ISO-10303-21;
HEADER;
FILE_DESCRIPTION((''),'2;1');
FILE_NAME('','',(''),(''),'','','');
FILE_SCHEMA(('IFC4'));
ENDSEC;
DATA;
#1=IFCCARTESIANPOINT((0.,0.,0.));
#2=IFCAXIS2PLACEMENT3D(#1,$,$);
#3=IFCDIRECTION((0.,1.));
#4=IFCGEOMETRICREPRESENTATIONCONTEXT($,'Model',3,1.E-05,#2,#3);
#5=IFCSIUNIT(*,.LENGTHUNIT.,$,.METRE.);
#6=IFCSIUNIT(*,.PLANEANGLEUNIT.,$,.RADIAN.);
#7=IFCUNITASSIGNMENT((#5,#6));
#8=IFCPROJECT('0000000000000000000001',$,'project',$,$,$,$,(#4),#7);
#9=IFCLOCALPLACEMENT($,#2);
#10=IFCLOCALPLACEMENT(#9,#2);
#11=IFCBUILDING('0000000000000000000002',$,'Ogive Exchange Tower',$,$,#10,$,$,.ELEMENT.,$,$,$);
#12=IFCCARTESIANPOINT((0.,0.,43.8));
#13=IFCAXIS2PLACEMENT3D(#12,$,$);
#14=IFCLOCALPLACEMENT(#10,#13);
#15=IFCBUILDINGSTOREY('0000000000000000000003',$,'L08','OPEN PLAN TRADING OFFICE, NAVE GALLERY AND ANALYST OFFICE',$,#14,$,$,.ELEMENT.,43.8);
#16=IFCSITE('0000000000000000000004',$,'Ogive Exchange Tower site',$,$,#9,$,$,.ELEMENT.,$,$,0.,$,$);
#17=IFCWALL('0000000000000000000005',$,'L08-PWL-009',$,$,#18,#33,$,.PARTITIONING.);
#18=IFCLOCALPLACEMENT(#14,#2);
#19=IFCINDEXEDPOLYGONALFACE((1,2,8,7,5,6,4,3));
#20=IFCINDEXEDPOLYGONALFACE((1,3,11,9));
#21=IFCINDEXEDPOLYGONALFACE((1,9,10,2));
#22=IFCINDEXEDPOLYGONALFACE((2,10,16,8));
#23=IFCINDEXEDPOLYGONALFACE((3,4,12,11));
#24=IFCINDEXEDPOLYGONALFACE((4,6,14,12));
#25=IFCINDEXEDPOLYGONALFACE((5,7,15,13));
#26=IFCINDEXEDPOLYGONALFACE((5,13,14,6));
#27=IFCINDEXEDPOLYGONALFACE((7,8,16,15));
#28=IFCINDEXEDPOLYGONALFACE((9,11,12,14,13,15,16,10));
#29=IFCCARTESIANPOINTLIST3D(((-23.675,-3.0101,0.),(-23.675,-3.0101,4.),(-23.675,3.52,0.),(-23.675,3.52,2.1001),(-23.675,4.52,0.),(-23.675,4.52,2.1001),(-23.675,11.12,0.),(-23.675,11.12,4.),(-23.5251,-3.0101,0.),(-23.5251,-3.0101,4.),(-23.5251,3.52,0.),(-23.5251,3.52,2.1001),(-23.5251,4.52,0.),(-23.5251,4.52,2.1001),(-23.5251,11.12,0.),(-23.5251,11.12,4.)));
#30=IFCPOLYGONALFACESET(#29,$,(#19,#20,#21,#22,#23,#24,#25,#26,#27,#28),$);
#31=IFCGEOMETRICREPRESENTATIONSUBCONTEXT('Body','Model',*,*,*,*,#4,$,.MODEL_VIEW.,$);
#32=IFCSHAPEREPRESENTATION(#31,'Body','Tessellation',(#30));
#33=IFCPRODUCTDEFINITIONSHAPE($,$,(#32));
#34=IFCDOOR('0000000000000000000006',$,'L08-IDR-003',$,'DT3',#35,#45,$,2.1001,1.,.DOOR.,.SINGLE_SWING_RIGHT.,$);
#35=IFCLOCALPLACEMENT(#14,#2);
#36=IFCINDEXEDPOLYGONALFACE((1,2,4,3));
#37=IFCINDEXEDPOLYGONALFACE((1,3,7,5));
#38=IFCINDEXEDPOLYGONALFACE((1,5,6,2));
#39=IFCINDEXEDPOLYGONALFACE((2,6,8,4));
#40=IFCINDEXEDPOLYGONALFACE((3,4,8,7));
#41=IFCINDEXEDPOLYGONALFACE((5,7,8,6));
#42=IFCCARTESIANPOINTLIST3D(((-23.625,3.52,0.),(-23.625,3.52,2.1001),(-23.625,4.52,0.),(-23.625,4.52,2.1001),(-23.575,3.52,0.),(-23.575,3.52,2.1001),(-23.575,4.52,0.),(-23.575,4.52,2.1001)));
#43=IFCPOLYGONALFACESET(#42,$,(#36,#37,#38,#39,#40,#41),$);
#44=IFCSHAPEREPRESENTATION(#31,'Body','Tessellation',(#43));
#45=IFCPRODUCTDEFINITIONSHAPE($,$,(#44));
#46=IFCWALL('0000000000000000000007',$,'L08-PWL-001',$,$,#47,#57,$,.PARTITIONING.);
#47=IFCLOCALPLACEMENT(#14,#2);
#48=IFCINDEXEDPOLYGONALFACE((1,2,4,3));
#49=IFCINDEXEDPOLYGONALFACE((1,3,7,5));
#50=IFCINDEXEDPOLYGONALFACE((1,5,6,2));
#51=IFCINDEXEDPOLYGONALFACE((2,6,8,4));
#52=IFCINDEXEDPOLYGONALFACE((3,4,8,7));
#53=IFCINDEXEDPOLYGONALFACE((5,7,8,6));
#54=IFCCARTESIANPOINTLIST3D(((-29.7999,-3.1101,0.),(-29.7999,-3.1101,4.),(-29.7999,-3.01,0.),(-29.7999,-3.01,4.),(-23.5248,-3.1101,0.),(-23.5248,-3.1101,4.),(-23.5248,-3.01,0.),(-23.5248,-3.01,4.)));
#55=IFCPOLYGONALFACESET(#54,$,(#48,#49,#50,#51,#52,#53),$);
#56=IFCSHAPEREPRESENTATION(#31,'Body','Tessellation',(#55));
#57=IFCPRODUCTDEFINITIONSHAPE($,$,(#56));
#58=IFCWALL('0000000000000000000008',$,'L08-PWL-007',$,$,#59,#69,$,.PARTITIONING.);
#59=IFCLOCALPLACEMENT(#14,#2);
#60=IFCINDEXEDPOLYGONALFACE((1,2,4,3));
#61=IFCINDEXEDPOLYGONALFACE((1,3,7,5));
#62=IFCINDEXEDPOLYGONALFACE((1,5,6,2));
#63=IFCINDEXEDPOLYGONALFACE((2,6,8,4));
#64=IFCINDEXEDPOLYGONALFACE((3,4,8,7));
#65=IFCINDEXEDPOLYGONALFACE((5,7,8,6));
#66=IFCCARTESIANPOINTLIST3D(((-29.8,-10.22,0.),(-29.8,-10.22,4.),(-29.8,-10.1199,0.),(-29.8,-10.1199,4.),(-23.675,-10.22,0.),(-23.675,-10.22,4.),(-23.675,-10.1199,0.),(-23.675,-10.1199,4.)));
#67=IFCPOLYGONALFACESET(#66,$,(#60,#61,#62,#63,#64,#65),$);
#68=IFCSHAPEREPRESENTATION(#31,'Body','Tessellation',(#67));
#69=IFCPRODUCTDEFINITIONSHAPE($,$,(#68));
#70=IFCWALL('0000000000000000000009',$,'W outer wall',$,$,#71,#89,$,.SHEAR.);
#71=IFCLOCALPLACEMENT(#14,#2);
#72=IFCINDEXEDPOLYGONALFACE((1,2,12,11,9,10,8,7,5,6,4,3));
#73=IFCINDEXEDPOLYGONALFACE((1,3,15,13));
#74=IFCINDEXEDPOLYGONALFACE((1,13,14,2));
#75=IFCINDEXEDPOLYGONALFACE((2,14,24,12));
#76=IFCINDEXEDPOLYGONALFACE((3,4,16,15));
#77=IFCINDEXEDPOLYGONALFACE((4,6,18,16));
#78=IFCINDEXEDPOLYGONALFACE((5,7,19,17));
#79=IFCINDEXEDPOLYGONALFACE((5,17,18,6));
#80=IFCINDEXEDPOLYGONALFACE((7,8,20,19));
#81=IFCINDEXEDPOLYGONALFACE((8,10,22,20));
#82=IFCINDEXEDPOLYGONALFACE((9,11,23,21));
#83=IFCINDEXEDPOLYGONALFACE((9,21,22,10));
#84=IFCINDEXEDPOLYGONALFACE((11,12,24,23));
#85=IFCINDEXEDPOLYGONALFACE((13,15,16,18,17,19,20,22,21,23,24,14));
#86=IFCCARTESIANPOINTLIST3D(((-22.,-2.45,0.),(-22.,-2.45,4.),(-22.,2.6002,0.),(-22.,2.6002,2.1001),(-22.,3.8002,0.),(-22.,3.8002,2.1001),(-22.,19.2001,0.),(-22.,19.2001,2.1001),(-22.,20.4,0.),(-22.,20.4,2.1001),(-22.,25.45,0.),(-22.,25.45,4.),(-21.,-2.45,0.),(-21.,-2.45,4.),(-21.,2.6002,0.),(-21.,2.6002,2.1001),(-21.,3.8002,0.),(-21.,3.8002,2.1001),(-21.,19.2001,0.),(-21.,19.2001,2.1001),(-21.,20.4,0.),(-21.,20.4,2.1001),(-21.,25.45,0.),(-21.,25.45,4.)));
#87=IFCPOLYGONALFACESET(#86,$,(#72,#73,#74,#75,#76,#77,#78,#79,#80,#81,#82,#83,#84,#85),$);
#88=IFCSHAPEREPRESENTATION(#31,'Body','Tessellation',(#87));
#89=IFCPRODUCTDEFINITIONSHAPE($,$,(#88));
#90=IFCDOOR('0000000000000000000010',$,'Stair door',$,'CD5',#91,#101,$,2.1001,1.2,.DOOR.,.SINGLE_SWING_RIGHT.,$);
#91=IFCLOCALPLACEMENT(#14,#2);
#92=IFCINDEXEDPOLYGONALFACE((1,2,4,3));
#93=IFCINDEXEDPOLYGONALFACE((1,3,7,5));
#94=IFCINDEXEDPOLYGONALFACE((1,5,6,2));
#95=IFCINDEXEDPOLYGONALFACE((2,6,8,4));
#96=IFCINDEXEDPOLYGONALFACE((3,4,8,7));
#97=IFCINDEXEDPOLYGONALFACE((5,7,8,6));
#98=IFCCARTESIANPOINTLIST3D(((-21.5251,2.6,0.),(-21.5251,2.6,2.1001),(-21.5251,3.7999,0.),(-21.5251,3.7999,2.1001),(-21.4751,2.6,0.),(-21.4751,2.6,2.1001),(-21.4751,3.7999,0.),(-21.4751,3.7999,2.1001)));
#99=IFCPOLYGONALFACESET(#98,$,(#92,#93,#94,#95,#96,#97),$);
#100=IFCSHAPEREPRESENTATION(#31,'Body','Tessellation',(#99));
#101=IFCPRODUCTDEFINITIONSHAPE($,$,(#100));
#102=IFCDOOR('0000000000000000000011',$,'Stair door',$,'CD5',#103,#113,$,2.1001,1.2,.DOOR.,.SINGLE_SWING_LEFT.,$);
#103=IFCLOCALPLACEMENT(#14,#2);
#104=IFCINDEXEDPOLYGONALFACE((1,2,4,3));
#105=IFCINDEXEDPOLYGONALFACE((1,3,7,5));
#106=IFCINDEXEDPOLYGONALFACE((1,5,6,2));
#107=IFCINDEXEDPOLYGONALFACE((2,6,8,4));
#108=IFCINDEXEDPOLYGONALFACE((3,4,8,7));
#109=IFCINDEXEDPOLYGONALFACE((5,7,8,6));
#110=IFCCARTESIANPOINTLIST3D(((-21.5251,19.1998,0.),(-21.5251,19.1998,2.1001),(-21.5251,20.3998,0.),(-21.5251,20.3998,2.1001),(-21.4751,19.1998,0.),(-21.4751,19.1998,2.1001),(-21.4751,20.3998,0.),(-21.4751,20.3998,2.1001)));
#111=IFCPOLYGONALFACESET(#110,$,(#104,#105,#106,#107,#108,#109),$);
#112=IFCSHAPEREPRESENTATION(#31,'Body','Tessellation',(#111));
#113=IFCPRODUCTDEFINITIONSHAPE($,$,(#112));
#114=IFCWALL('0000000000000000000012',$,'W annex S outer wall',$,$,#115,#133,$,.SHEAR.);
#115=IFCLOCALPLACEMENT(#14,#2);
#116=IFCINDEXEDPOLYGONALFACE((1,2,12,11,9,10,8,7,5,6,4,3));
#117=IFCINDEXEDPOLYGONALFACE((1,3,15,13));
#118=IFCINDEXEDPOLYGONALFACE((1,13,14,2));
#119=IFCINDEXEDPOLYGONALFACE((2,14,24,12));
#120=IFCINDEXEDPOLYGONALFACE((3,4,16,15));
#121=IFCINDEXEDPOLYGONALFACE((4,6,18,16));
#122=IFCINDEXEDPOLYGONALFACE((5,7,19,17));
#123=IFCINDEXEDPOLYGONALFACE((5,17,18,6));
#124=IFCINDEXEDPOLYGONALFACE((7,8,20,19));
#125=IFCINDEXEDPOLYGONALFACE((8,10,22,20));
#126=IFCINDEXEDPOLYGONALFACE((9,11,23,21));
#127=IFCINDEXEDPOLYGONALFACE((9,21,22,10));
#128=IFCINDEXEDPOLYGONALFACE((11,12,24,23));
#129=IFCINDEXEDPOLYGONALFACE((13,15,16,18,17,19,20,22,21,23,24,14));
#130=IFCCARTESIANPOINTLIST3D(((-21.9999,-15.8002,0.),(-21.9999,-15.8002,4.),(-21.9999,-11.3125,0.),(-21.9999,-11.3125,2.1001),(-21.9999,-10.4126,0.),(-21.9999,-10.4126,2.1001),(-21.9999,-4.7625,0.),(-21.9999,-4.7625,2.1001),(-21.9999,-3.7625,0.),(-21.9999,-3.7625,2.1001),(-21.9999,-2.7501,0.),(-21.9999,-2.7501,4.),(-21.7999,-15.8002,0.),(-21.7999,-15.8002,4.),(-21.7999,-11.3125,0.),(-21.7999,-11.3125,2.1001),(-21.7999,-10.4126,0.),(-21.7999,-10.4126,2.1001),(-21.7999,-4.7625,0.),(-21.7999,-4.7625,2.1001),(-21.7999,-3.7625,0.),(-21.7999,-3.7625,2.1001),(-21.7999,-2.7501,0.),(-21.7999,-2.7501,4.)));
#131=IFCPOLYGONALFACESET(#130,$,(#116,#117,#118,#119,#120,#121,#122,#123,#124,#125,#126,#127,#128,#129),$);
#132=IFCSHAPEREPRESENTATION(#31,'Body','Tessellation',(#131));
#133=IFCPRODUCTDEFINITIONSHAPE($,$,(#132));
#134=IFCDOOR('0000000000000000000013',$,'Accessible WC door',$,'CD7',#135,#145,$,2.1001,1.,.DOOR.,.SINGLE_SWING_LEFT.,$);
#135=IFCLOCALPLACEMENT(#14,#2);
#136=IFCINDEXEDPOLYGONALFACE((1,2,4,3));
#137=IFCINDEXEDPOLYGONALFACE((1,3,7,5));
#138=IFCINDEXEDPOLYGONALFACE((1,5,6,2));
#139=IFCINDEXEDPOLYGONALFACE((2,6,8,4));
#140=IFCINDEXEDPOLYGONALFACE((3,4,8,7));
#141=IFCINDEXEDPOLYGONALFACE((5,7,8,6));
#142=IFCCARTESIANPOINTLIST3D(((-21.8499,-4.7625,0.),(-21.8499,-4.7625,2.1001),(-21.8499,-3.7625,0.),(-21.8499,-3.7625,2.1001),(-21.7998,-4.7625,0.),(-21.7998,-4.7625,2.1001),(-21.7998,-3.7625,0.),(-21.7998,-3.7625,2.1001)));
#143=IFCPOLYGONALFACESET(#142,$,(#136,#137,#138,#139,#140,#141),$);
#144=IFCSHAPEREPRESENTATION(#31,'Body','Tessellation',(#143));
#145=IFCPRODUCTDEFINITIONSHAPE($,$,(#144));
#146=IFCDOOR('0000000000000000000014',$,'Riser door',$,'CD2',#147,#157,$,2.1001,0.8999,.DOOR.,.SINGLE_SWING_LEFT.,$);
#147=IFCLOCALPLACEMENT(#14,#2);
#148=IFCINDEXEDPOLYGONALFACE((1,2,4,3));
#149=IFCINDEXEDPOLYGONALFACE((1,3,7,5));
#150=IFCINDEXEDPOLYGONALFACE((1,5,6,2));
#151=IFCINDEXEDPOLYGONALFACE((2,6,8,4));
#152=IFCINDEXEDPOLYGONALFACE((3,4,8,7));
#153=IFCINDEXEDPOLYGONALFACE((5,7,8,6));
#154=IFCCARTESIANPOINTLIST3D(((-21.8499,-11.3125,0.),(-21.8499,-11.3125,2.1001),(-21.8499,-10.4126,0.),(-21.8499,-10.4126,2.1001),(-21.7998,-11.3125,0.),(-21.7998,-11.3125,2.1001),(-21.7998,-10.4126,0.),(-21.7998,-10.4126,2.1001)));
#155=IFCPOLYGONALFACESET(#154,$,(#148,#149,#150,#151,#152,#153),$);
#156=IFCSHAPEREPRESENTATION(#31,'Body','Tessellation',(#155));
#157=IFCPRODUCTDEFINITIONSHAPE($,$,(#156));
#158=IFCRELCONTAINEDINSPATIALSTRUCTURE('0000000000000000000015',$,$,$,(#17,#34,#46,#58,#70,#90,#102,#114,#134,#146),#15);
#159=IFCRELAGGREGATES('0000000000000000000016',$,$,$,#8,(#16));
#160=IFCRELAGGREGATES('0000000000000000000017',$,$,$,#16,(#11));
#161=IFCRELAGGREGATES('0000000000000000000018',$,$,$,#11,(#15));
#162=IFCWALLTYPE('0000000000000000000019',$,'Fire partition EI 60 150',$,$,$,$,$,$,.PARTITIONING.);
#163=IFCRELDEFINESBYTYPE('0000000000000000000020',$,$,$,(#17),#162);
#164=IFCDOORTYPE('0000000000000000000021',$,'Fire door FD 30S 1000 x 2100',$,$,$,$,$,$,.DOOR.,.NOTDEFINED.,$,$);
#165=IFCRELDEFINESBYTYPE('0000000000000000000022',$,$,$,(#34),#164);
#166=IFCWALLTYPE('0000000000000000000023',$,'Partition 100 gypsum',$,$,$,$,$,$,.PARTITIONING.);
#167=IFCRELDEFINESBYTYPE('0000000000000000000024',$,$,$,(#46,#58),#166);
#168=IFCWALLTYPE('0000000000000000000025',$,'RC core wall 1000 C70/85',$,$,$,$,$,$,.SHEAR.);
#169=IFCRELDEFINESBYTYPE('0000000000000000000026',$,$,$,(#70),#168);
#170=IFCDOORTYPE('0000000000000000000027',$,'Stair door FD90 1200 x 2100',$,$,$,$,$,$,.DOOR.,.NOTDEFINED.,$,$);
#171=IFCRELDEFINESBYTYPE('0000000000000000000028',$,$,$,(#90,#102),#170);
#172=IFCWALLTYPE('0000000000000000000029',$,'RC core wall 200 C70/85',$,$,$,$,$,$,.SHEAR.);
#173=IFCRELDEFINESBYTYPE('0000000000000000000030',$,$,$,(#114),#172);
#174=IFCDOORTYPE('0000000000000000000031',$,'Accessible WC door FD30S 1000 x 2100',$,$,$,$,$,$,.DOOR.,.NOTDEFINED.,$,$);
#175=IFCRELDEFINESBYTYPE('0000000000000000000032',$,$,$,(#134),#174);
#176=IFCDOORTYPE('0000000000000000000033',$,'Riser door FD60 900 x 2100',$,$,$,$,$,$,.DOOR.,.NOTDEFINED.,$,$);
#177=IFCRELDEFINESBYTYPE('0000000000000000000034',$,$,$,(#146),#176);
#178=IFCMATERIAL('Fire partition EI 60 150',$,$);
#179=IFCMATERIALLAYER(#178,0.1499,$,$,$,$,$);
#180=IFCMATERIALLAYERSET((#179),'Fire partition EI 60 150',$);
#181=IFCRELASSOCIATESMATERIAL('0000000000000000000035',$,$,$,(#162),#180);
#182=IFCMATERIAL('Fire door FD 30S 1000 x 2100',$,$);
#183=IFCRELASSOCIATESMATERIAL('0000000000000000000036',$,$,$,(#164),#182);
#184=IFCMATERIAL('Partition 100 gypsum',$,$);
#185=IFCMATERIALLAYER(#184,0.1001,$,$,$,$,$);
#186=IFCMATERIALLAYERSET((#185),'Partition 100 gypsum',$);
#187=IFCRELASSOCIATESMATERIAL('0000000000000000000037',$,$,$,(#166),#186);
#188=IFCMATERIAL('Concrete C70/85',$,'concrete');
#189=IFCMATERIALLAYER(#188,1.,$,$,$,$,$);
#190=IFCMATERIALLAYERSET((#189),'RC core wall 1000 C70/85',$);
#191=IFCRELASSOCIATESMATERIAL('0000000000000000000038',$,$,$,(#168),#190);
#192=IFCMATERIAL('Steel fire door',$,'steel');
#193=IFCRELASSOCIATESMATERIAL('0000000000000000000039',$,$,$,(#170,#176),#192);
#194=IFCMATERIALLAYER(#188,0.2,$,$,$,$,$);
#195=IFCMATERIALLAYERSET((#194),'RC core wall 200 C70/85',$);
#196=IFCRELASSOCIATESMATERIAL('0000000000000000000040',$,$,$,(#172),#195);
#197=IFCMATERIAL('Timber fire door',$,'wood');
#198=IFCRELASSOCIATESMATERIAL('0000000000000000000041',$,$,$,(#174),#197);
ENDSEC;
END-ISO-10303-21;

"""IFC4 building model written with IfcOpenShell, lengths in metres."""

from ifc_helpers import new_model, si_unit, direction, frame, frame_2d, origin, place, context, subcontext, project, spatial, rectangle, extrude, material, layer, layer_set, type_object, element, fill, save


model = new_model("IFC4")

# Units and contexts
model_context = context("Model", 3, precision=1e-05, world=origin(), true_north=direction((0.0, 1.0)))
body_context = subcontext(model_context, "Body", "Model", "MODEL_VIEW")
ifc_project = project(units=[si_unit("LENGTHUNIT", "METRE"), si_unit("PLANEANGLEUNIT", "RADIAN")], contexts=[model_context])

# Site, building, storey
site_placement = place(None, origin())
site = spatial("IfcSite", under=ifc_project, at=site_placement, Name="Ogive Exchange Tower site", CompositionType="ELEMENT", RefElevation=0.0)
building_placement = place(site_placement, origin())
building = spatial("IfcBuilding", under=site, at=building_placement, Name="Ogive Exchange Tower", CompositionType="ELEMENT")
storey_placement = place(building_placement, frame((0.0, 0.0, 43.8)))
storey = spatial("IfcBuildingStorey", under=building, at=storey_placement, Name="L08", Description="OPEN PLAN TRADING OFFICE, NAVE GALLERY AND ANALYST OFFICE", CompositionType="ELEMENT", Elevation=43.8)

# Wall, opening, door
ifc_material_1 = material(Name="Fire partition EI 60 150")
ifc_layer_1 = layer(ifc_material_1, 0.1499)
ifc_layer_set_1 = layer_set([ifc_layer_1], Name="Fire partition EI 60 150")
wall_type_1 = type_object("IfcWallType", Name="Fire partition EI 60 150", PredefinedType="PARTITIONING", material=ifc_layer_set_1)
ifc_material_2 = material(Name="Fire door FD 30S 1000 x 2100")
door_type_1 = type_object("IfcDoorType", Name="Fire door FD 30S 1000 x 2100", OperationType="NOTDEFINED", PredefinedType="DOOR", material=ifc_material_2)
wall_1_placement = place(storey_placement, frame((-23.6001, -3.01, 0.0), z_axis=(0.0, 0.0, 1.0), x_axis=(0.0, 1.0, 0.0)))
wall_1 = element("IfcWall", 1, at=wall_1_placement, inside=storey, type_object=wall_type_1, Name="L08-PWL-009", PredefinedType="PARTITIONING", context=body_context, shape_type="SweptSolid", body=[
    extrude(rectangle(XDim=14.1301, YDim=0.1499, at=frame_2d((7.0649, 0.0))), origin(), (0.0, 0.0, 1.0), 4.0),
])
opening_1_placement = place(wall_1_placement, frame((6.53, 0.0, 0.0)))
opening_1 = element("IfcOpeningElement", 2, at=opening_1_placement, cuts=wall_1, PredefinedType="OPENING", context=body_context, shape_type="SweptSolid", body=[
    extrude(rectangle(XDim=1.0, YDim=2.1001, at=frame_2d((0.5, 1.05))), frame((0.0, 0.085, 0.0), z_axis=(0.0, -1.0, 0.0), x_axis=(1.0, 0.0, 0.0)), (0.0, 0.0, 1.0), 0.1699),
])
door_1_placement = place(opening_1_placement, origin())
door_1 = element("IfcDoor", 3, at=door_1_placement, inside=storey, type_object=door_type_1, Name="L08-IDR-003", ObjectType="DT3", OperationType="SINGLE_SWING_RIGHT", OverallHeight=2.1001, OverallWidth=1.0, PredefinedType="DOOR", context=body_context, shape_type="SweptSolid", body=[
    extrude(rectangle(XDim=1.0, YDim=2.1001, at=frame_2d((0.5, 1.05))), frame((0.0, 0.0249, 0.0), z_axis=(0.0, -1.0, 0.0), x_axis=(1.0, 0.0, 0.0)), (0.0, 0.0, 1.0), 0.05),
])
fill(opening_1, door_1)

# Walls
ifc_material_3 = material(Name="Partition 100 gypsum")
ifc_layer_2 = layer(ifc_material_3, 0.1001)
ifc_layer_set_2 = layer_set([ifc_layer_2], Name="Partition 100 gypsum")
wall_type_2 = type_object("IfcWallType", Name="Partition 100 gypsum", PredefinedType="PARTITIONING", material=ifc_layer_set_2)
wall_2_placement = place(storey_placement, frame((-29.8, -3.0601, 0.0), z_axis=(0.0, 0.0, 1.0), x_axis=(1.0, 0.0, 0.0)))
element("IfcWall", 4, at=wall_2_placement, inside=storey, type_object=wall_type_2, Name="L08-PWL-001", PredefinedType="PARTITIONING", context=body_context, shape_type="SweptSolid", body=[
    extrude(rectangle(XDim=6.2751, YDim=0.1001, at=frame_2d((3.1377, 0.0))), origin(), (0.0, 0.0, 1.0), 4.0),
])
wall_3_placement = place(storey_placement, frame((-23.675, -10.1699, 0.0), z_axis=(0.0, 0.0, 1.0), x_axis=(-1.0, 0.0, 0.0)))
element("IfcWall", 5, at=wall_3_placement, inside=storey, type_object=wall_type_2, Name="L08-PWL-007", PredefinedType="PARTITIONING", context=body_context, shape_type="SweptSolid", body=[
    extrude(rectangle(XDim=6.125, YDim=0.1001, at=frame_2d((3.0625, 0.0))), origin(), (0.0, 0.0, 1.0), 4.0),
])

# Walls, openings, doors
ifc_material_4 = material(Name="Concrete C70/85", Category="concrete")
ifc_layer_3 = layer(ifc_material_4, 1.0)
ifc_layer_set_3 = layer_set([ifc_layer_3], Name="RC core wall 1000 C70/85")
wall_type_3 = type_object("IfcWallType", Name="RC core wall 1000 C70/85", PredefinedType="SHEAR", material=ifc_layer_set_3)
wall_4_placement = place(storey_placement, frame((-21.5, -2.45, 0.0), z_axis=(0.0, 0.0, 1.0), x_axis=(0.0, 1.0, 0.0)))
wall_4 = element("IfcWall", 6, at=wall_4_placement, inside=storey, type_object=wall_type_3, Name="W outer wall", PredefinedType="SHEAR", context=body_context, shape_type="SweptSolid", body=[
    extrude(rectangle(XDim=27.8999, YDim=1.0, at=frame_2d((13.95, 0.0))), origin(), (0.0, 0.0, 1.0), 4.0),
])
opening_2_placement = place(wall_4_placement, frame((5.05, 0.0, 0.0)))
opening_2 = element("IfcOpeningElement", 7, at=opening_2_placement, cuts=wall_4, PredefinedType="OPENING", context=body_context, shape_type="SweptSolid", body=[
    extrude(rectangle(XDim=1.2, YDim=2.1001, at=frame_2d((0.6001, 1.05))), frame((0.0, 0.51, 0.0), z_axis=(0.0, -1.0, 0.0), x_axis=(1.0, 0.0, 0.0)), (0.0, 0.0, 1.0), 1.02),
])
opening_3_placement = place(wall_4_placement, frame((21.6499, 0.0, 0.0)))
opening_3 = element("IfcOpeningElement", 8, at=opening_3_placement, cuts=wall_4, PredefinedType="OPENING", context=body_context, shape_type="SweptSolid", body=[
    extrude(rectangle(XDim=1.2, YDim=2.1001, at=frame_2d((0.6001, 1.05))), frame((0.0, 0.51, 0.0), z_axis=(0.0, -1.0, 0.0), x_axis=(1.0, 0.0, 0.0)), (0.0, 0.0, 1.0), 1.02),
])
ifc_material_5 = material(Name="Steel fire door", Category="steel")
door_type_2 = type_object("IfcDoorType", Name="Stair door FD90 1200 x 2100", OperationType="NOTDEFINED", PredefinedType="DOOR", material=ifc_material_5)
door_2_placement = place(opening_2_placement, frame((1.2, 0.0, 0.0), z_axis=(0.0, 0.0, 1.0), x_axis=(-1.0, 0.0, 0.0)))
door_2 = element("IfcDoor", 9, at=door_2_placement, inside=storey, type_object=door_type_2, Name="Stair door", ObjectType="CD5", OperationType="SINGLE_SWING_RIGHT", OverallHeight=2.1001, OverallWidth=1.2, PredefinedType="DOOR", context=body_context, shape_type="SweptSolid", body=[
    extrude(rectangle(XDim=1.2, YDim=2.1001, at=frame_2d((0.6001, 1.05))), frame((0.0, 0.0249, 0.0), z_axis=(0.0, -1.0, 0.0), x_axis=(1.0, 0.0, 0.0)), (0.0, 0.0, 1.0), 0.05),
])
fill(opening_2, door_2)
door_3_placement = place(opening_3_placement, frame((1.2, 0.0, 0.0), z_axis=(0.0, 0.0, 1.0), x_axis=(-1.0, 0.0, 0.0)))
door_3 = element("IfcDoor", 10, at=door_3_placement, inside=storey, type_object=door_type_2, Name="Stair door", ObjectType="CD5", OperationType="SINGLE_SWING_LEFT", OverallHeight=2.1001, OverallWidth=1.2, PredefinedType="DOOR", context=body_context, shape_type="SweptSolid", body=[
    extrude(rectangle(XDim=1.2, YDim=2.1001, at=frame_2d((0.6001, 1.05))), frame((0.0, 0.0249, 0.0), z_axis=(0.0, -1.0, 0.0), x_axis=(1.0, 0.0, 0.0)), (0.0, 0.0, 1.0), 0.05),
])
fill(opening_3, door_3)
ifc_layer_4 = layer(ifc_material_4, 0.2)
ifc_layer_set_4 = layer_set([ifc_layer_4], Name="RC core wall 200 C70/85")
wall_type_4 = type_object("IfcWallType", Name="RC core wall 200 C70/85", PredefinedType="SHEAR", material=ifc_layer_set_4)
wall_5_placement = place(storey_placement, frame((-21.8999, -15.8, 0.0), z_axis=(0.0, 0.0, 1.0), x_axis=(0.0, 1.0, 0.0)))
wall_5 = element("IfcWall", 11, at=wall_5_placement, inside=storey, type_object=wall_type_4, Name="W annex S outer wall", PredefinedType="SHEAR", context=body_context, shape_type="SweptSolid", body=[
    extrude(rectangle(XDim=13.05, YDim=0.2, at=frame_2d((6.5249, 0.0))), origin(), (0.0, 0.0, 1.0), 4.0),
])
opening_4_placement = place(wall_5_placement, frame((4.4875, 0.0, 0.0)))
opening_4 = element("IfcOpeningElement", 12, at=opening_4_placement, cuts=wall_5, PredefinedType="OPENING", context=body_context, shape_type="SweptSolid", body=[
    extrude(rectangle(XDim=0.8999, YDim=2.1001, at=frame_2d((0.45, 1.05))), frame((0.0, 0.1099, 0.0), z_axis=(0.0, -1.0, 0.0), x_axis=(1.0, 0.0, 0.0)), (0.0, 0.0, 1.0), 0.22),
])
opening_5_placement = place(wall_5_placement, frame((11.0376, 0.0, 0.0)))
opening_5 = element("IfcOpeningElement", 13, at=opening_5_placement, cuts=wall_5, PredefinedType="OPENING", context=body_context, shape_type="SweptSolid", body=[
    extrude(rectangle(XDim=1.0, YDim=2.1001, at=frame_2d((0.5, 1.05))), frame((0.0, 0.1099, 0.0), z_axis=(0.0, -1.0, 0.0), x_axis=(1.0, 0.0, 0.0)), (0.0, 0.0, 1.0), 0.22),
])
ifc_material_6 = material(Name="Timber fire door", Category="wood")
door_type_3 = type_object("IfcDoorType", Name="Accessible WC door FD30S 1000 x 2100", OperationType="NOTDEFINED", PredefinedType="DOOR", material=ifc_material_6)
door_4_placement = place(opening_5_placement, frame((1.0, -0.1499, 0.0), z_axis=(0.0, 0.0, 1.0), x_axis=(-1.0, 0.0, 0.0)))
door_4 = element("IfcDoor", 14, at=door_4_placement, inside=storey, type_object=door_type_3, Name="Accessible WC door", ObjectType="CD7", OperationType="SINGLE_SWING_LEFT", OverallHeight=2.1001, OverallWidth=1.0, PredefinedType="DOOR", context=body_context, shape_type="SweptSolid", body=[
    extrude(rectangle(XDim=1.0, YDim=2.1001, at=frame_2d((0.5, 1.05))), frame((0.0, -0.0498, 0.0), z_axis=(0.0, -1.0, 0.0), x_axis=(1.0, 0.0, 0.0)), (0.0, 0.0, 1.0), 0.05),
])
fill(opening_5, door_4)
door_type_4 = type_object("IfcDoorType", Name="Riser door FD60 900 x 2100", OperationType="NOTDEFINED", PredefinedType="DOOR", material=ifc_material_5)
door_5_placement = place(opening_4_placement, frame((0.8999, -0.1499, 0.0), z_axis=(0.0, 0.0, 1.0), x_axis=(-1.0, 0.0, 0.0)))
door_5 = element("IfcDoor", 15, at=door_5_placement, inside=storey, type_object=door_type_4, Name="Riser door", ObjectType="CD2", OperationType="SINGLE_SWING_LEFT", OverallHeight=2.1001, OverallWidth=0.8999, PredefinedType="DOOR", context=body_context, shape_type="SweptSolid", body=[
    extrude(rectangle(XDim=0.8999, YDim=2.1001, at=frame_2d((0.45, 1.05))), frame((0.0, -0.0498, 0.0), z_axis=(0.0, -1.0, 0.0), x_axis=(1.0, 0.0, 0.0)), (0.0, 0.0, 1.0), 0.05),
])
fill(opening_4, door_5)

save(model, "model.ifc")
